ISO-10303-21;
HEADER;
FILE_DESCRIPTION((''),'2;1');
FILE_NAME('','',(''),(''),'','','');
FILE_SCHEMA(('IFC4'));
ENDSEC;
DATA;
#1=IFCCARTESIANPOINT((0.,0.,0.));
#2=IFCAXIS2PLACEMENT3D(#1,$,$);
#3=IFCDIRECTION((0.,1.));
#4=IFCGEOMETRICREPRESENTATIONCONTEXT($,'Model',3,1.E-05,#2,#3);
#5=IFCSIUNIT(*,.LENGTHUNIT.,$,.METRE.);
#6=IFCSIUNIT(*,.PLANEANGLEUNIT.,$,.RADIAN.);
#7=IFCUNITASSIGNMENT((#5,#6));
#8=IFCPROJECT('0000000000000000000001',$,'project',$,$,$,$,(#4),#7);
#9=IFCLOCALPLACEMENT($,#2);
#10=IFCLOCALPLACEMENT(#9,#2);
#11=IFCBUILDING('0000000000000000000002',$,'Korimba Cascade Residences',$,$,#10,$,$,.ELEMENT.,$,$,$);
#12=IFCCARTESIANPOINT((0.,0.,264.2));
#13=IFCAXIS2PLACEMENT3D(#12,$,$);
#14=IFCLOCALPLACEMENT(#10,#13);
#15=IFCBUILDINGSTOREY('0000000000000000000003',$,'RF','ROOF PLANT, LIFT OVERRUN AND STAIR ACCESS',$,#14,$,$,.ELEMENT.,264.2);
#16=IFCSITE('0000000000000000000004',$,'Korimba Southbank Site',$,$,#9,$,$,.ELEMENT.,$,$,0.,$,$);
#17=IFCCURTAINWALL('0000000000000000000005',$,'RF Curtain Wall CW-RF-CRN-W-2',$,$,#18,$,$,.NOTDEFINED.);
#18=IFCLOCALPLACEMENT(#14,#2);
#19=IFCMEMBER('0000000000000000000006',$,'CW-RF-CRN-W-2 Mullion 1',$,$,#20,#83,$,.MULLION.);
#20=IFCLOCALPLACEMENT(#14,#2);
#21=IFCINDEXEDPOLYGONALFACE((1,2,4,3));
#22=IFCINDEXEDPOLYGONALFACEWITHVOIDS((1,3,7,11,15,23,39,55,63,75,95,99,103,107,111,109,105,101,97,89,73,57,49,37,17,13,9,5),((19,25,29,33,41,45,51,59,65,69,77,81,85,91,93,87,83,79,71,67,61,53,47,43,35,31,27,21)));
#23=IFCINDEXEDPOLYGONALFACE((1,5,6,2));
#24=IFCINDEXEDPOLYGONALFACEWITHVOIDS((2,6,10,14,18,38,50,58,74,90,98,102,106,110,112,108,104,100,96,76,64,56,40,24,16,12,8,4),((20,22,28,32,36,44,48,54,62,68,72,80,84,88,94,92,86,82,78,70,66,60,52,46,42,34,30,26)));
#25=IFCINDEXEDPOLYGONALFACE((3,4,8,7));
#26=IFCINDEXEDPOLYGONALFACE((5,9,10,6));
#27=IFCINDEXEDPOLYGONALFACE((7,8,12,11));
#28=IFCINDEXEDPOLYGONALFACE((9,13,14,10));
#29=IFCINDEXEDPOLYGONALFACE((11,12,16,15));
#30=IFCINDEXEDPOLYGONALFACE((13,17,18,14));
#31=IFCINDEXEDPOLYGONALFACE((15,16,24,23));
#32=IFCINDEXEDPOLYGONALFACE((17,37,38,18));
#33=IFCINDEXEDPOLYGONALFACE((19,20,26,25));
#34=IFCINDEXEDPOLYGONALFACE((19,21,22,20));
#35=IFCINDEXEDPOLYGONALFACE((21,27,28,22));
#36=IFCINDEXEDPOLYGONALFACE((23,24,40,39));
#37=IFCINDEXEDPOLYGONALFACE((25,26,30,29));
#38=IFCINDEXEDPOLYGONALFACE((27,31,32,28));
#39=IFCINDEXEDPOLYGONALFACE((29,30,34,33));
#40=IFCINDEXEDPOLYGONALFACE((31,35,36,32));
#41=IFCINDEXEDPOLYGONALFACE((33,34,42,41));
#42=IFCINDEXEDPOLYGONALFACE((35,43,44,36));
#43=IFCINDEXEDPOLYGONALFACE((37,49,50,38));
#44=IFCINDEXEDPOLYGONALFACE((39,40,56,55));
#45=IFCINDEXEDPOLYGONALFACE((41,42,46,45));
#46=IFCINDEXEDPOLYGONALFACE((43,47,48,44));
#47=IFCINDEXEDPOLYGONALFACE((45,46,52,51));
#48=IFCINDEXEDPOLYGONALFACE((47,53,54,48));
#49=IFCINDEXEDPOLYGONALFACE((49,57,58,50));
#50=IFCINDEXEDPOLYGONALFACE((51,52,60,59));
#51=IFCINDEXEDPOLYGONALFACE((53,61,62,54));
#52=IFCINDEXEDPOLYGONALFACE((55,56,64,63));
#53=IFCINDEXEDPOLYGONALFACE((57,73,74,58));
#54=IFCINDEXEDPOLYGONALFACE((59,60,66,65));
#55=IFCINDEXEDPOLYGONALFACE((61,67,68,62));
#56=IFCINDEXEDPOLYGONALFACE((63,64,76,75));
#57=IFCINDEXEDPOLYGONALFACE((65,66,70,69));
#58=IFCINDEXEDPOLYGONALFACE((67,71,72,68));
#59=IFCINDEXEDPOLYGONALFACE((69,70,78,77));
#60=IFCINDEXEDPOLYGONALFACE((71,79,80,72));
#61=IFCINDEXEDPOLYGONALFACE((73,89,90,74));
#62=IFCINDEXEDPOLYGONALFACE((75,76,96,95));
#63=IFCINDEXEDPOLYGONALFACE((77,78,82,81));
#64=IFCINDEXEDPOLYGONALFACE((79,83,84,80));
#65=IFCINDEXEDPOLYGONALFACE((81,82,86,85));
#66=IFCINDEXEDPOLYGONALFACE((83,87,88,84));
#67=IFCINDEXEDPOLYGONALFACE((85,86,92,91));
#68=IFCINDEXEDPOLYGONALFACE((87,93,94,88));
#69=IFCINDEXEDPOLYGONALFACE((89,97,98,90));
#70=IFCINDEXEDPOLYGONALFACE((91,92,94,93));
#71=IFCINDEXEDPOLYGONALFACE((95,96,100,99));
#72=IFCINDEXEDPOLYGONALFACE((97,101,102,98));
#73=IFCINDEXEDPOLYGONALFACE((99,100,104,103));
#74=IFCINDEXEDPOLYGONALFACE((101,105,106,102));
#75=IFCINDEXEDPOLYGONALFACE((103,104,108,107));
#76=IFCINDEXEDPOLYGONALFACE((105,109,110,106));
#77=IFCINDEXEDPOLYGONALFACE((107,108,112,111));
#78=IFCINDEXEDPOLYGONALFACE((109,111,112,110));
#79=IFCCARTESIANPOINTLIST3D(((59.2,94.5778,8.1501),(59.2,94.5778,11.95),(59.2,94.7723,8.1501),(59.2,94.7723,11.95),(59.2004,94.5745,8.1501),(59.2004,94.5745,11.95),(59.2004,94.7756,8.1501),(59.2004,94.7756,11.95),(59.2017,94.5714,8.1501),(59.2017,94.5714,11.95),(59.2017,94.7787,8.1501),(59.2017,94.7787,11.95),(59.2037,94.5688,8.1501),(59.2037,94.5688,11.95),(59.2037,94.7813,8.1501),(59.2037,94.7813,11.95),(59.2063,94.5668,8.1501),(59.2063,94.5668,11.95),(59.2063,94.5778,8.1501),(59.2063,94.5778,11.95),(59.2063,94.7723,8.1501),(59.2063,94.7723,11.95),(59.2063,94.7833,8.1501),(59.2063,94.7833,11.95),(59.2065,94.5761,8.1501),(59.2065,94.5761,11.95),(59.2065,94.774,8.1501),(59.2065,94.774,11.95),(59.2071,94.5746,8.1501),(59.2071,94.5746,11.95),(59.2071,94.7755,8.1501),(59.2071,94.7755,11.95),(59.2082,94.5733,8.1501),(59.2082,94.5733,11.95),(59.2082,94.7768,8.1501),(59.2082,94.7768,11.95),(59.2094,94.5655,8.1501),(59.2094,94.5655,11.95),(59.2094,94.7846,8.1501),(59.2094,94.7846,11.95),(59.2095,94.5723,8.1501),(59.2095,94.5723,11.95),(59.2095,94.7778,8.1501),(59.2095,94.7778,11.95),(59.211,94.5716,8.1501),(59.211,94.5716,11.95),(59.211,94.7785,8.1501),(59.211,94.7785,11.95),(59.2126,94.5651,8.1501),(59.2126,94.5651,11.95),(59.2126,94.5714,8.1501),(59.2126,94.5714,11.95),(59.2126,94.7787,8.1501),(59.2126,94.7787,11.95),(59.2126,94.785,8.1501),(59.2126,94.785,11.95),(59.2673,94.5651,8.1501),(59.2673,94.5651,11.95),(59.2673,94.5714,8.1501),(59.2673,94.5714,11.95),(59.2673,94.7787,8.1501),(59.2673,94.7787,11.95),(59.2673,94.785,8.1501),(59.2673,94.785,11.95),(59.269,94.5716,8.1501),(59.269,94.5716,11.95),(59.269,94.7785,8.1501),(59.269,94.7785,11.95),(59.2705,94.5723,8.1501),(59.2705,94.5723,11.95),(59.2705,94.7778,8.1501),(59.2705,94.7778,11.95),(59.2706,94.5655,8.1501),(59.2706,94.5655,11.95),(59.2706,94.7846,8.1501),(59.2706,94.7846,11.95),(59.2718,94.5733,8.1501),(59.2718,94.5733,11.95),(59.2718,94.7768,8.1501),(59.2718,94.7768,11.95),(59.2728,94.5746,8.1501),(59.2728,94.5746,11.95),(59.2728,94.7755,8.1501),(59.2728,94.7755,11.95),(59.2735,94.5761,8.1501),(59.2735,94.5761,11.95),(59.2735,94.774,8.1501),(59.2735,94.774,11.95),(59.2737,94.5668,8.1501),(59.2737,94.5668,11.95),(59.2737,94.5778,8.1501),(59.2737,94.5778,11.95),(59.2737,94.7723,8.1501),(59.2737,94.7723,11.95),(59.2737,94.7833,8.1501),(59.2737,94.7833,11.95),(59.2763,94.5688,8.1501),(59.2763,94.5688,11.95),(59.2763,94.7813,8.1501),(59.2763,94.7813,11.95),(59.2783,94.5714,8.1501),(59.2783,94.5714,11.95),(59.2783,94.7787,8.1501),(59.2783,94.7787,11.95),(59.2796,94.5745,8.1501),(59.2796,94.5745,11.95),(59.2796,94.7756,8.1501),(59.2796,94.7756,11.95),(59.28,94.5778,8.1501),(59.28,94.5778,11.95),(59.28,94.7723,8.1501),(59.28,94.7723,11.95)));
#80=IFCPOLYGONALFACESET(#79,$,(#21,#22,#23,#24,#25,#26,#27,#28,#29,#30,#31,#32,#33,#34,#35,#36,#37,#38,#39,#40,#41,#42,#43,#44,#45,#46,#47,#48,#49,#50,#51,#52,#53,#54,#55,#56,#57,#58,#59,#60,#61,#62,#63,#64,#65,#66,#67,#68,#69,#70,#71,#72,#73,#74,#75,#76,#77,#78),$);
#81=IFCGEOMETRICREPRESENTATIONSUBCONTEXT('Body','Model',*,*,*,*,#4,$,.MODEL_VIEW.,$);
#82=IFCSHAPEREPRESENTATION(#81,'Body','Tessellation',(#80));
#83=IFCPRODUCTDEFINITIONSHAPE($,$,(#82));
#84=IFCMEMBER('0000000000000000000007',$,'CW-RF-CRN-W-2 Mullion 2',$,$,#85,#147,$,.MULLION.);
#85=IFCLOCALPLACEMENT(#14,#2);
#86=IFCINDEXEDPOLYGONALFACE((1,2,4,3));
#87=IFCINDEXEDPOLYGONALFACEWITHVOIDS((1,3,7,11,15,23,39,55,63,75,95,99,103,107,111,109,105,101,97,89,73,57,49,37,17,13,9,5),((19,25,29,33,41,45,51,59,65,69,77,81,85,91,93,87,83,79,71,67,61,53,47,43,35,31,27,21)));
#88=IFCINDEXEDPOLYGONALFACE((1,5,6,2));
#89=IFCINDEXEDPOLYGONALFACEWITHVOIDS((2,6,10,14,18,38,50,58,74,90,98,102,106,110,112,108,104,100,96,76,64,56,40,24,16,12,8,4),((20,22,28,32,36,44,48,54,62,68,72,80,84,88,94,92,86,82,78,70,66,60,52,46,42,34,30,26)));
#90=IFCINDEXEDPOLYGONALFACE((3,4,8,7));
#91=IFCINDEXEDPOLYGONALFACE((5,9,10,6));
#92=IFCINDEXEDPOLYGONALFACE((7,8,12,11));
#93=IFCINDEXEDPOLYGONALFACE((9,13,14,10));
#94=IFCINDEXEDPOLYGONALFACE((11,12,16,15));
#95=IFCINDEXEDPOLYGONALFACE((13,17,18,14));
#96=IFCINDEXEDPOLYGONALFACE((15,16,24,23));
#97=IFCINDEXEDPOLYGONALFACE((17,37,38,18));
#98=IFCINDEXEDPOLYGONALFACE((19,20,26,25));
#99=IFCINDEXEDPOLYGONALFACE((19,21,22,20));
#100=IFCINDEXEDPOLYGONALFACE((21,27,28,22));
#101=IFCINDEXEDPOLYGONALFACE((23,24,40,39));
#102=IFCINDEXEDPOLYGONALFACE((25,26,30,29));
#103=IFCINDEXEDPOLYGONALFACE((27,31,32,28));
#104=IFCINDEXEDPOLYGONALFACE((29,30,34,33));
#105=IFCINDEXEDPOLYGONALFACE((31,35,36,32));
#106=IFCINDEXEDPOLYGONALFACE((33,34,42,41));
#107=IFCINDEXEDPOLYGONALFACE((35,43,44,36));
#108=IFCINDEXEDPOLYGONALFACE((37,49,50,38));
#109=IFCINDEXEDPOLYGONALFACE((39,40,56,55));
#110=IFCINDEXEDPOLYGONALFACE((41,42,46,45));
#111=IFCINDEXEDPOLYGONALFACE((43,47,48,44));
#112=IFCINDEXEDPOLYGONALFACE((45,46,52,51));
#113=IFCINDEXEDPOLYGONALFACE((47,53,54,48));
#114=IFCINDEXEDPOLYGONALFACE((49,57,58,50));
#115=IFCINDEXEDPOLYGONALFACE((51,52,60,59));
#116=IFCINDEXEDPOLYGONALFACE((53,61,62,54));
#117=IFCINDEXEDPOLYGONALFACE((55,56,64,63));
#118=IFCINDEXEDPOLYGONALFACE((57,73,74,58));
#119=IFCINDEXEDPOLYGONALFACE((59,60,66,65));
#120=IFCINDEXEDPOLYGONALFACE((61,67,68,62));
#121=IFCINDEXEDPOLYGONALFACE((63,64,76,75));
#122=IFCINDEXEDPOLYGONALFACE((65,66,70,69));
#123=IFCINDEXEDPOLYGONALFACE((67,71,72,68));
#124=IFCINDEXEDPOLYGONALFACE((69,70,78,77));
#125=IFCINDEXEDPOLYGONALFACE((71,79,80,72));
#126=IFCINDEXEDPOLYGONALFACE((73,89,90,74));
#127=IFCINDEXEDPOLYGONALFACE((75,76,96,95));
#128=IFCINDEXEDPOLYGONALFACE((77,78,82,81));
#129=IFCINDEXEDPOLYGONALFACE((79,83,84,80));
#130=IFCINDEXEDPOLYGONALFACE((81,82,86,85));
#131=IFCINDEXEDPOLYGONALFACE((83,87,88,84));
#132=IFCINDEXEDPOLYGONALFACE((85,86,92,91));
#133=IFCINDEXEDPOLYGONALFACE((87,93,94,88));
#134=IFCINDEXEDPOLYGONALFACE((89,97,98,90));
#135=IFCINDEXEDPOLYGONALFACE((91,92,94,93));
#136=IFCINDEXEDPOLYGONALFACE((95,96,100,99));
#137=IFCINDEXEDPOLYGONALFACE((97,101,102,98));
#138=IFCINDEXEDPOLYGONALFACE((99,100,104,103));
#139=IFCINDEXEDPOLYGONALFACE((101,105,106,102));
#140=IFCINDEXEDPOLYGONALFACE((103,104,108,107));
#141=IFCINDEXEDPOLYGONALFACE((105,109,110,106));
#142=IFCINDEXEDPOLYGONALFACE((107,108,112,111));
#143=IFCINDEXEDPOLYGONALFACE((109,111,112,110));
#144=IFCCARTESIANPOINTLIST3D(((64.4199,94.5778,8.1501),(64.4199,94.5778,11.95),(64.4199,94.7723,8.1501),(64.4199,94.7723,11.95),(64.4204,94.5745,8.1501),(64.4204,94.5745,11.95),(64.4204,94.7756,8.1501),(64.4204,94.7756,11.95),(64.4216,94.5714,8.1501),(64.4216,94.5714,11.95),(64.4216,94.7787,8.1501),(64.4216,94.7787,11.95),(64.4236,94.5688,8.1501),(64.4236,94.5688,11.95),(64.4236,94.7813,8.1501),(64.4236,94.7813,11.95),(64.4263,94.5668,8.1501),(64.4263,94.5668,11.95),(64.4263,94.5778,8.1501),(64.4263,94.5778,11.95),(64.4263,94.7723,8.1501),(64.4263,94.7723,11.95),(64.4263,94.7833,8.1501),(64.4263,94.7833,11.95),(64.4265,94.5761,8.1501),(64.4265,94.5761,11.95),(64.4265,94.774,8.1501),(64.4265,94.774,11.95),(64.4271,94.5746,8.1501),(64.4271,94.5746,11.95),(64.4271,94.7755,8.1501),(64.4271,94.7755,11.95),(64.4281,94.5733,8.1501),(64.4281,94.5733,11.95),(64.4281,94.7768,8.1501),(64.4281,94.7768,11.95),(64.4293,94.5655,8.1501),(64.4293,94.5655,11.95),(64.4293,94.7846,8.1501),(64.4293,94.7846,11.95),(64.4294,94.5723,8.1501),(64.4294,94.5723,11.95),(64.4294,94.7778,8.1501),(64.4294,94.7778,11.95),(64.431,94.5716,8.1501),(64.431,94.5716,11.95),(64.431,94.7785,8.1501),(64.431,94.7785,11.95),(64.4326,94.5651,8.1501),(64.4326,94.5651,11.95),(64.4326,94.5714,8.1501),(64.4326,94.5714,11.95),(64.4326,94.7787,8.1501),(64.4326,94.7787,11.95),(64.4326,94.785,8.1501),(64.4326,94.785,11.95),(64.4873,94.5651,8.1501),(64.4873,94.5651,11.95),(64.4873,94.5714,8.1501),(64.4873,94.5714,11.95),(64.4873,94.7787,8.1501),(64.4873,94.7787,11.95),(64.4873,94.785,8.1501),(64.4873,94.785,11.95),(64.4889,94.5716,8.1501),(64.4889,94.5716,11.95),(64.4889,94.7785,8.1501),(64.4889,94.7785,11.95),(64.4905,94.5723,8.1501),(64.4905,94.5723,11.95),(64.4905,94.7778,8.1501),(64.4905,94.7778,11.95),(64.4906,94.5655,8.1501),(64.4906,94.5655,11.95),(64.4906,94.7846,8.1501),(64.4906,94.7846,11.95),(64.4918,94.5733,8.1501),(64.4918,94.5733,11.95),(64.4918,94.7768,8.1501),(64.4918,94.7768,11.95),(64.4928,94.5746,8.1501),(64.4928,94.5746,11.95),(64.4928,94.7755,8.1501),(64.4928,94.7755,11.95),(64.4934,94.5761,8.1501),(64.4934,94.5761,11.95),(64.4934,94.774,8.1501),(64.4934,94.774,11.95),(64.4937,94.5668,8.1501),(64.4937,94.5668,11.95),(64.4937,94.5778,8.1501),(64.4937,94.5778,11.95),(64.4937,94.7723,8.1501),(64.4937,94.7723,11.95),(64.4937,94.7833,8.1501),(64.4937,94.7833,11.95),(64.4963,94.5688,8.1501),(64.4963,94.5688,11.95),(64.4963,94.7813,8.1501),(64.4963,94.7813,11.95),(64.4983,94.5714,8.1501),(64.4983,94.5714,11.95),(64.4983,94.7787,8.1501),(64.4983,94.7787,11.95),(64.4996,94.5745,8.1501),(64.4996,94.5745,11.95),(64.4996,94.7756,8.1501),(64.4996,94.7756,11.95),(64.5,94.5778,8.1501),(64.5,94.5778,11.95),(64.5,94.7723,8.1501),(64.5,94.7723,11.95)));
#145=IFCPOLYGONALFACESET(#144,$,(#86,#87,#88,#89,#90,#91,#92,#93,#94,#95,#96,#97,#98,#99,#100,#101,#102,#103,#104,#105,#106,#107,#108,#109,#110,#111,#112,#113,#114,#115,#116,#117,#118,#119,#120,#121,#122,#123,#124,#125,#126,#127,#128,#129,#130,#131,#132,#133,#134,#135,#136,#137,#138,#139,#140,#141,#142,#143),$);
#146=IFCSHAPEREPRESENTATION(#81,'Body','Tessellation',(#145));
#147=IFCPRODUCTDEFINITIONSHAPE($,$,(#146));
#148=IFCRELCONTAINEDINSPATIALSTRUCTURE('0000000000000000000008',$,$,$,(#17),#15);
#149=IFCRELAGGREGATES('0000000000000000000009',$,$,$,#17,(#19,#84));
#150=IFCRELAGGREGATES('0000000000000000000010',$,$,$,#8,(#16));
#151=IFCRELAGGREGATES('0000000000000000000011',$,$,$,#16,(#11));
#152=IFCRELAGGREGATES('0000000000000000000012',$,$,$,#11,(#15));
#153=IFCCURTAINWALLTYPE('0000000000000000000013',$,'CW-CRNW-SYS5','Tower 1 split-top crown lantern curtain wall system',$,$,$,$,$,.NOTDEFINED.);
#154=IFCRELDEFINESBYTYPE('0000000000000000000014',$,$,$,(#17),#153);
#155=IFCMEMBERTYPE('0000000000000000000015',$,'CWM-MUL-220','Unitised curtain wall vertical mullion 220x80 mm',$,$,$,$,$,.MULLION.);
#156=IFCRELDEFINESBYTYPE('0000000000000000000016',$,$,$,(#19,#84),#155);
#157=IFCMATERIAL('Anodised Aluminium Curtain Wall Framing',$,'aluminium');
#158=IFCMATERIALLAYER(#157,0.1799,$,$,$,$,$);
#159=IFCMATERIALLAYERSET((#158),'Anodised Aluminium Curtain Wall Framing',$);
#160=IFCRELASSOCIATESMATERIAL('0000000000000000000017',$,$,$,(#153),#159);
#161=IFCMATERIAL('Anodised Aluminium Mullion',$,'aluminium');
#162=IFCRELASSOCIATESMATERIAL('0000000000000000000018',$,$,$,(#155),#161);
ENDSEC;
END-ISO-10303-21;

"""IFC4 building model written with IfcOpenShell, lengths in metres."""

from ifc_helpers import new_model, si_unit, direction, frame, origin, origin_2d, place, context, subcontext, project, spatial, hollow_rectangle, extrude, material, layer, layer_set, material_profile, profile_set, type_object, element, aggregate, save


model = new_model("IFC4")

# Units and contexts
model_context = context("Model", 3, precision=1e-05, world=origin(), true_north=direction((0.0, 1.0)))
body_context = subcontext(model_context, "Body", "Model", "MODEL_VIEW")
ifc_project = project(units=[si_unit("LENGTHUNIT", "METRE"), si_unit("PLANEANGLEUNIT", "RADIAN")], contexts=[model_context])

# Site, building, storey
site_placement = place(None, origin())
site = spatial("IfcSite", under=ifc_project, at=site_placement, Name="Korimba Southbank Site", CompositionType="ELEMENT", RefElevation=0.0)
building_placement = place(site_placement, origin())
building = spatial("IfcBuilding", under=site, at=building_placement, Name="Korimba Cascade Residences", CompositionType="ELEMENT")
storey_placement = place(building_placement, frame((0.0, 0.0, 264.2)))
storey = spatial("IfcBuildingStorey", under=building, at=storey_placement, Name="RF", Description="ROOF PLANT, LIFT OVERRUN AND STAIR ACCESS", CompositionType="ELEMENT", Elevation=264.2)

# Shared definitions
ifc_material_1 = material(Name="Anodised Aluminium Curtain Wall Framing", Category="aluminium")
ifc_layer_1 = layer(ifc_material_1, 0.1799)
ifc_layer_set_1 = layer_set([ifc_layer_1], Name="Anodised Aluminium Curtain Wall Framing")
curtain_wall_type = type_object("IfcCurtainWallType", Name="CW-CRNW-SYS5", Description="Tower 1 split-top crown lantern curtain wall system", PredefinedType="NOTDEFINED", material=ifc_layer_set_1)
ifc_material_2 = material(Name="Anodised Aluminium Mullion", Category="aluminium")
ifc_material_profile_1 = material_profile(ifc_material_2, hollow_rectangle(XDim=0.0801, YDim=0.22, WallThickness=0.0063, InnerFilletRadius=0.0063, OuterFilletRadius=0.0127, at=origin_2d()), Name="Anodised Aluminium Mullion")
ifc_profile_set_1 = profile_set([ifc_material_profile_1], Name="Anodised Aluminium Mullion")
member_type_1 = type_object("IfcMemberType", Name="CWM-MUL-220", Description="Unitised curtain wall vertical mullion 220x80 mm", PredefinedType="MULLION", material=ifc_profile_set_1)

# Curtain wall, members
curtain_wall_1_placement = place(storey_placement, origin())
curtain_wall_1 = element("IfcCurtainWall", 1, at=curtain_wall_1_placement, inside=storey, type_object=curtain_wall_type, Name="RF Curtain Wall CW-RF-CRN-W-2", PredefinedType="NOTDEFINED")
member_1_placement = place(storey_placement, frame((59.24, 94.675, 8.1501), z_axis=(0.0, 0.0, 1.0), x_axis=(1.0, 0.0, 0.0)))
member_1 = element("IfcMember", 2, at=member_1_placement, type_object=member_type_1, Name="CW-RF-CRN-W-2 Mullion 1", PredefinedType="MULLION", context=body_context, shape_type="SweptSolid", body=[
    extrude(hollow_rectangle(XDim=0.0801, YDim=0.22, WallThickness=0.0063, InnerFilletRadius=0.0063, OuterFilletRadius=0.0127, at=origin_2d()), origin(), (0.0, 0.0, 1.0), 3.7998),
])
member_2_placement = place(storey_placement, frame((64.46, 94.675, 8.1501), z_axis=(0.0, 0.0, 1.0), x_axis=(1.0, 0.0, 0.0)))
member_2 = element("IfcMember", 3, at=member_2_placement, type_object=member_type_1, Name="CW-RF-CRN-W-2 Mullion 2", PredefinedType="MULLION", context=body_context, shape_type="SweptSolid", body=[
    extrude(hollow_rectangle(XDim=0.0801, YDim=0.22, WallThickness=0.0063, InnerFilletRadius=0.0063, OuterFilletRadius=0.0127, at=origin_2d()), origin(), (0.0, 0.0, 1.0), 3.7998),
])

aggregate(curtain_wall_1, [member_1, member_2])

save(model, "model.ifc")
